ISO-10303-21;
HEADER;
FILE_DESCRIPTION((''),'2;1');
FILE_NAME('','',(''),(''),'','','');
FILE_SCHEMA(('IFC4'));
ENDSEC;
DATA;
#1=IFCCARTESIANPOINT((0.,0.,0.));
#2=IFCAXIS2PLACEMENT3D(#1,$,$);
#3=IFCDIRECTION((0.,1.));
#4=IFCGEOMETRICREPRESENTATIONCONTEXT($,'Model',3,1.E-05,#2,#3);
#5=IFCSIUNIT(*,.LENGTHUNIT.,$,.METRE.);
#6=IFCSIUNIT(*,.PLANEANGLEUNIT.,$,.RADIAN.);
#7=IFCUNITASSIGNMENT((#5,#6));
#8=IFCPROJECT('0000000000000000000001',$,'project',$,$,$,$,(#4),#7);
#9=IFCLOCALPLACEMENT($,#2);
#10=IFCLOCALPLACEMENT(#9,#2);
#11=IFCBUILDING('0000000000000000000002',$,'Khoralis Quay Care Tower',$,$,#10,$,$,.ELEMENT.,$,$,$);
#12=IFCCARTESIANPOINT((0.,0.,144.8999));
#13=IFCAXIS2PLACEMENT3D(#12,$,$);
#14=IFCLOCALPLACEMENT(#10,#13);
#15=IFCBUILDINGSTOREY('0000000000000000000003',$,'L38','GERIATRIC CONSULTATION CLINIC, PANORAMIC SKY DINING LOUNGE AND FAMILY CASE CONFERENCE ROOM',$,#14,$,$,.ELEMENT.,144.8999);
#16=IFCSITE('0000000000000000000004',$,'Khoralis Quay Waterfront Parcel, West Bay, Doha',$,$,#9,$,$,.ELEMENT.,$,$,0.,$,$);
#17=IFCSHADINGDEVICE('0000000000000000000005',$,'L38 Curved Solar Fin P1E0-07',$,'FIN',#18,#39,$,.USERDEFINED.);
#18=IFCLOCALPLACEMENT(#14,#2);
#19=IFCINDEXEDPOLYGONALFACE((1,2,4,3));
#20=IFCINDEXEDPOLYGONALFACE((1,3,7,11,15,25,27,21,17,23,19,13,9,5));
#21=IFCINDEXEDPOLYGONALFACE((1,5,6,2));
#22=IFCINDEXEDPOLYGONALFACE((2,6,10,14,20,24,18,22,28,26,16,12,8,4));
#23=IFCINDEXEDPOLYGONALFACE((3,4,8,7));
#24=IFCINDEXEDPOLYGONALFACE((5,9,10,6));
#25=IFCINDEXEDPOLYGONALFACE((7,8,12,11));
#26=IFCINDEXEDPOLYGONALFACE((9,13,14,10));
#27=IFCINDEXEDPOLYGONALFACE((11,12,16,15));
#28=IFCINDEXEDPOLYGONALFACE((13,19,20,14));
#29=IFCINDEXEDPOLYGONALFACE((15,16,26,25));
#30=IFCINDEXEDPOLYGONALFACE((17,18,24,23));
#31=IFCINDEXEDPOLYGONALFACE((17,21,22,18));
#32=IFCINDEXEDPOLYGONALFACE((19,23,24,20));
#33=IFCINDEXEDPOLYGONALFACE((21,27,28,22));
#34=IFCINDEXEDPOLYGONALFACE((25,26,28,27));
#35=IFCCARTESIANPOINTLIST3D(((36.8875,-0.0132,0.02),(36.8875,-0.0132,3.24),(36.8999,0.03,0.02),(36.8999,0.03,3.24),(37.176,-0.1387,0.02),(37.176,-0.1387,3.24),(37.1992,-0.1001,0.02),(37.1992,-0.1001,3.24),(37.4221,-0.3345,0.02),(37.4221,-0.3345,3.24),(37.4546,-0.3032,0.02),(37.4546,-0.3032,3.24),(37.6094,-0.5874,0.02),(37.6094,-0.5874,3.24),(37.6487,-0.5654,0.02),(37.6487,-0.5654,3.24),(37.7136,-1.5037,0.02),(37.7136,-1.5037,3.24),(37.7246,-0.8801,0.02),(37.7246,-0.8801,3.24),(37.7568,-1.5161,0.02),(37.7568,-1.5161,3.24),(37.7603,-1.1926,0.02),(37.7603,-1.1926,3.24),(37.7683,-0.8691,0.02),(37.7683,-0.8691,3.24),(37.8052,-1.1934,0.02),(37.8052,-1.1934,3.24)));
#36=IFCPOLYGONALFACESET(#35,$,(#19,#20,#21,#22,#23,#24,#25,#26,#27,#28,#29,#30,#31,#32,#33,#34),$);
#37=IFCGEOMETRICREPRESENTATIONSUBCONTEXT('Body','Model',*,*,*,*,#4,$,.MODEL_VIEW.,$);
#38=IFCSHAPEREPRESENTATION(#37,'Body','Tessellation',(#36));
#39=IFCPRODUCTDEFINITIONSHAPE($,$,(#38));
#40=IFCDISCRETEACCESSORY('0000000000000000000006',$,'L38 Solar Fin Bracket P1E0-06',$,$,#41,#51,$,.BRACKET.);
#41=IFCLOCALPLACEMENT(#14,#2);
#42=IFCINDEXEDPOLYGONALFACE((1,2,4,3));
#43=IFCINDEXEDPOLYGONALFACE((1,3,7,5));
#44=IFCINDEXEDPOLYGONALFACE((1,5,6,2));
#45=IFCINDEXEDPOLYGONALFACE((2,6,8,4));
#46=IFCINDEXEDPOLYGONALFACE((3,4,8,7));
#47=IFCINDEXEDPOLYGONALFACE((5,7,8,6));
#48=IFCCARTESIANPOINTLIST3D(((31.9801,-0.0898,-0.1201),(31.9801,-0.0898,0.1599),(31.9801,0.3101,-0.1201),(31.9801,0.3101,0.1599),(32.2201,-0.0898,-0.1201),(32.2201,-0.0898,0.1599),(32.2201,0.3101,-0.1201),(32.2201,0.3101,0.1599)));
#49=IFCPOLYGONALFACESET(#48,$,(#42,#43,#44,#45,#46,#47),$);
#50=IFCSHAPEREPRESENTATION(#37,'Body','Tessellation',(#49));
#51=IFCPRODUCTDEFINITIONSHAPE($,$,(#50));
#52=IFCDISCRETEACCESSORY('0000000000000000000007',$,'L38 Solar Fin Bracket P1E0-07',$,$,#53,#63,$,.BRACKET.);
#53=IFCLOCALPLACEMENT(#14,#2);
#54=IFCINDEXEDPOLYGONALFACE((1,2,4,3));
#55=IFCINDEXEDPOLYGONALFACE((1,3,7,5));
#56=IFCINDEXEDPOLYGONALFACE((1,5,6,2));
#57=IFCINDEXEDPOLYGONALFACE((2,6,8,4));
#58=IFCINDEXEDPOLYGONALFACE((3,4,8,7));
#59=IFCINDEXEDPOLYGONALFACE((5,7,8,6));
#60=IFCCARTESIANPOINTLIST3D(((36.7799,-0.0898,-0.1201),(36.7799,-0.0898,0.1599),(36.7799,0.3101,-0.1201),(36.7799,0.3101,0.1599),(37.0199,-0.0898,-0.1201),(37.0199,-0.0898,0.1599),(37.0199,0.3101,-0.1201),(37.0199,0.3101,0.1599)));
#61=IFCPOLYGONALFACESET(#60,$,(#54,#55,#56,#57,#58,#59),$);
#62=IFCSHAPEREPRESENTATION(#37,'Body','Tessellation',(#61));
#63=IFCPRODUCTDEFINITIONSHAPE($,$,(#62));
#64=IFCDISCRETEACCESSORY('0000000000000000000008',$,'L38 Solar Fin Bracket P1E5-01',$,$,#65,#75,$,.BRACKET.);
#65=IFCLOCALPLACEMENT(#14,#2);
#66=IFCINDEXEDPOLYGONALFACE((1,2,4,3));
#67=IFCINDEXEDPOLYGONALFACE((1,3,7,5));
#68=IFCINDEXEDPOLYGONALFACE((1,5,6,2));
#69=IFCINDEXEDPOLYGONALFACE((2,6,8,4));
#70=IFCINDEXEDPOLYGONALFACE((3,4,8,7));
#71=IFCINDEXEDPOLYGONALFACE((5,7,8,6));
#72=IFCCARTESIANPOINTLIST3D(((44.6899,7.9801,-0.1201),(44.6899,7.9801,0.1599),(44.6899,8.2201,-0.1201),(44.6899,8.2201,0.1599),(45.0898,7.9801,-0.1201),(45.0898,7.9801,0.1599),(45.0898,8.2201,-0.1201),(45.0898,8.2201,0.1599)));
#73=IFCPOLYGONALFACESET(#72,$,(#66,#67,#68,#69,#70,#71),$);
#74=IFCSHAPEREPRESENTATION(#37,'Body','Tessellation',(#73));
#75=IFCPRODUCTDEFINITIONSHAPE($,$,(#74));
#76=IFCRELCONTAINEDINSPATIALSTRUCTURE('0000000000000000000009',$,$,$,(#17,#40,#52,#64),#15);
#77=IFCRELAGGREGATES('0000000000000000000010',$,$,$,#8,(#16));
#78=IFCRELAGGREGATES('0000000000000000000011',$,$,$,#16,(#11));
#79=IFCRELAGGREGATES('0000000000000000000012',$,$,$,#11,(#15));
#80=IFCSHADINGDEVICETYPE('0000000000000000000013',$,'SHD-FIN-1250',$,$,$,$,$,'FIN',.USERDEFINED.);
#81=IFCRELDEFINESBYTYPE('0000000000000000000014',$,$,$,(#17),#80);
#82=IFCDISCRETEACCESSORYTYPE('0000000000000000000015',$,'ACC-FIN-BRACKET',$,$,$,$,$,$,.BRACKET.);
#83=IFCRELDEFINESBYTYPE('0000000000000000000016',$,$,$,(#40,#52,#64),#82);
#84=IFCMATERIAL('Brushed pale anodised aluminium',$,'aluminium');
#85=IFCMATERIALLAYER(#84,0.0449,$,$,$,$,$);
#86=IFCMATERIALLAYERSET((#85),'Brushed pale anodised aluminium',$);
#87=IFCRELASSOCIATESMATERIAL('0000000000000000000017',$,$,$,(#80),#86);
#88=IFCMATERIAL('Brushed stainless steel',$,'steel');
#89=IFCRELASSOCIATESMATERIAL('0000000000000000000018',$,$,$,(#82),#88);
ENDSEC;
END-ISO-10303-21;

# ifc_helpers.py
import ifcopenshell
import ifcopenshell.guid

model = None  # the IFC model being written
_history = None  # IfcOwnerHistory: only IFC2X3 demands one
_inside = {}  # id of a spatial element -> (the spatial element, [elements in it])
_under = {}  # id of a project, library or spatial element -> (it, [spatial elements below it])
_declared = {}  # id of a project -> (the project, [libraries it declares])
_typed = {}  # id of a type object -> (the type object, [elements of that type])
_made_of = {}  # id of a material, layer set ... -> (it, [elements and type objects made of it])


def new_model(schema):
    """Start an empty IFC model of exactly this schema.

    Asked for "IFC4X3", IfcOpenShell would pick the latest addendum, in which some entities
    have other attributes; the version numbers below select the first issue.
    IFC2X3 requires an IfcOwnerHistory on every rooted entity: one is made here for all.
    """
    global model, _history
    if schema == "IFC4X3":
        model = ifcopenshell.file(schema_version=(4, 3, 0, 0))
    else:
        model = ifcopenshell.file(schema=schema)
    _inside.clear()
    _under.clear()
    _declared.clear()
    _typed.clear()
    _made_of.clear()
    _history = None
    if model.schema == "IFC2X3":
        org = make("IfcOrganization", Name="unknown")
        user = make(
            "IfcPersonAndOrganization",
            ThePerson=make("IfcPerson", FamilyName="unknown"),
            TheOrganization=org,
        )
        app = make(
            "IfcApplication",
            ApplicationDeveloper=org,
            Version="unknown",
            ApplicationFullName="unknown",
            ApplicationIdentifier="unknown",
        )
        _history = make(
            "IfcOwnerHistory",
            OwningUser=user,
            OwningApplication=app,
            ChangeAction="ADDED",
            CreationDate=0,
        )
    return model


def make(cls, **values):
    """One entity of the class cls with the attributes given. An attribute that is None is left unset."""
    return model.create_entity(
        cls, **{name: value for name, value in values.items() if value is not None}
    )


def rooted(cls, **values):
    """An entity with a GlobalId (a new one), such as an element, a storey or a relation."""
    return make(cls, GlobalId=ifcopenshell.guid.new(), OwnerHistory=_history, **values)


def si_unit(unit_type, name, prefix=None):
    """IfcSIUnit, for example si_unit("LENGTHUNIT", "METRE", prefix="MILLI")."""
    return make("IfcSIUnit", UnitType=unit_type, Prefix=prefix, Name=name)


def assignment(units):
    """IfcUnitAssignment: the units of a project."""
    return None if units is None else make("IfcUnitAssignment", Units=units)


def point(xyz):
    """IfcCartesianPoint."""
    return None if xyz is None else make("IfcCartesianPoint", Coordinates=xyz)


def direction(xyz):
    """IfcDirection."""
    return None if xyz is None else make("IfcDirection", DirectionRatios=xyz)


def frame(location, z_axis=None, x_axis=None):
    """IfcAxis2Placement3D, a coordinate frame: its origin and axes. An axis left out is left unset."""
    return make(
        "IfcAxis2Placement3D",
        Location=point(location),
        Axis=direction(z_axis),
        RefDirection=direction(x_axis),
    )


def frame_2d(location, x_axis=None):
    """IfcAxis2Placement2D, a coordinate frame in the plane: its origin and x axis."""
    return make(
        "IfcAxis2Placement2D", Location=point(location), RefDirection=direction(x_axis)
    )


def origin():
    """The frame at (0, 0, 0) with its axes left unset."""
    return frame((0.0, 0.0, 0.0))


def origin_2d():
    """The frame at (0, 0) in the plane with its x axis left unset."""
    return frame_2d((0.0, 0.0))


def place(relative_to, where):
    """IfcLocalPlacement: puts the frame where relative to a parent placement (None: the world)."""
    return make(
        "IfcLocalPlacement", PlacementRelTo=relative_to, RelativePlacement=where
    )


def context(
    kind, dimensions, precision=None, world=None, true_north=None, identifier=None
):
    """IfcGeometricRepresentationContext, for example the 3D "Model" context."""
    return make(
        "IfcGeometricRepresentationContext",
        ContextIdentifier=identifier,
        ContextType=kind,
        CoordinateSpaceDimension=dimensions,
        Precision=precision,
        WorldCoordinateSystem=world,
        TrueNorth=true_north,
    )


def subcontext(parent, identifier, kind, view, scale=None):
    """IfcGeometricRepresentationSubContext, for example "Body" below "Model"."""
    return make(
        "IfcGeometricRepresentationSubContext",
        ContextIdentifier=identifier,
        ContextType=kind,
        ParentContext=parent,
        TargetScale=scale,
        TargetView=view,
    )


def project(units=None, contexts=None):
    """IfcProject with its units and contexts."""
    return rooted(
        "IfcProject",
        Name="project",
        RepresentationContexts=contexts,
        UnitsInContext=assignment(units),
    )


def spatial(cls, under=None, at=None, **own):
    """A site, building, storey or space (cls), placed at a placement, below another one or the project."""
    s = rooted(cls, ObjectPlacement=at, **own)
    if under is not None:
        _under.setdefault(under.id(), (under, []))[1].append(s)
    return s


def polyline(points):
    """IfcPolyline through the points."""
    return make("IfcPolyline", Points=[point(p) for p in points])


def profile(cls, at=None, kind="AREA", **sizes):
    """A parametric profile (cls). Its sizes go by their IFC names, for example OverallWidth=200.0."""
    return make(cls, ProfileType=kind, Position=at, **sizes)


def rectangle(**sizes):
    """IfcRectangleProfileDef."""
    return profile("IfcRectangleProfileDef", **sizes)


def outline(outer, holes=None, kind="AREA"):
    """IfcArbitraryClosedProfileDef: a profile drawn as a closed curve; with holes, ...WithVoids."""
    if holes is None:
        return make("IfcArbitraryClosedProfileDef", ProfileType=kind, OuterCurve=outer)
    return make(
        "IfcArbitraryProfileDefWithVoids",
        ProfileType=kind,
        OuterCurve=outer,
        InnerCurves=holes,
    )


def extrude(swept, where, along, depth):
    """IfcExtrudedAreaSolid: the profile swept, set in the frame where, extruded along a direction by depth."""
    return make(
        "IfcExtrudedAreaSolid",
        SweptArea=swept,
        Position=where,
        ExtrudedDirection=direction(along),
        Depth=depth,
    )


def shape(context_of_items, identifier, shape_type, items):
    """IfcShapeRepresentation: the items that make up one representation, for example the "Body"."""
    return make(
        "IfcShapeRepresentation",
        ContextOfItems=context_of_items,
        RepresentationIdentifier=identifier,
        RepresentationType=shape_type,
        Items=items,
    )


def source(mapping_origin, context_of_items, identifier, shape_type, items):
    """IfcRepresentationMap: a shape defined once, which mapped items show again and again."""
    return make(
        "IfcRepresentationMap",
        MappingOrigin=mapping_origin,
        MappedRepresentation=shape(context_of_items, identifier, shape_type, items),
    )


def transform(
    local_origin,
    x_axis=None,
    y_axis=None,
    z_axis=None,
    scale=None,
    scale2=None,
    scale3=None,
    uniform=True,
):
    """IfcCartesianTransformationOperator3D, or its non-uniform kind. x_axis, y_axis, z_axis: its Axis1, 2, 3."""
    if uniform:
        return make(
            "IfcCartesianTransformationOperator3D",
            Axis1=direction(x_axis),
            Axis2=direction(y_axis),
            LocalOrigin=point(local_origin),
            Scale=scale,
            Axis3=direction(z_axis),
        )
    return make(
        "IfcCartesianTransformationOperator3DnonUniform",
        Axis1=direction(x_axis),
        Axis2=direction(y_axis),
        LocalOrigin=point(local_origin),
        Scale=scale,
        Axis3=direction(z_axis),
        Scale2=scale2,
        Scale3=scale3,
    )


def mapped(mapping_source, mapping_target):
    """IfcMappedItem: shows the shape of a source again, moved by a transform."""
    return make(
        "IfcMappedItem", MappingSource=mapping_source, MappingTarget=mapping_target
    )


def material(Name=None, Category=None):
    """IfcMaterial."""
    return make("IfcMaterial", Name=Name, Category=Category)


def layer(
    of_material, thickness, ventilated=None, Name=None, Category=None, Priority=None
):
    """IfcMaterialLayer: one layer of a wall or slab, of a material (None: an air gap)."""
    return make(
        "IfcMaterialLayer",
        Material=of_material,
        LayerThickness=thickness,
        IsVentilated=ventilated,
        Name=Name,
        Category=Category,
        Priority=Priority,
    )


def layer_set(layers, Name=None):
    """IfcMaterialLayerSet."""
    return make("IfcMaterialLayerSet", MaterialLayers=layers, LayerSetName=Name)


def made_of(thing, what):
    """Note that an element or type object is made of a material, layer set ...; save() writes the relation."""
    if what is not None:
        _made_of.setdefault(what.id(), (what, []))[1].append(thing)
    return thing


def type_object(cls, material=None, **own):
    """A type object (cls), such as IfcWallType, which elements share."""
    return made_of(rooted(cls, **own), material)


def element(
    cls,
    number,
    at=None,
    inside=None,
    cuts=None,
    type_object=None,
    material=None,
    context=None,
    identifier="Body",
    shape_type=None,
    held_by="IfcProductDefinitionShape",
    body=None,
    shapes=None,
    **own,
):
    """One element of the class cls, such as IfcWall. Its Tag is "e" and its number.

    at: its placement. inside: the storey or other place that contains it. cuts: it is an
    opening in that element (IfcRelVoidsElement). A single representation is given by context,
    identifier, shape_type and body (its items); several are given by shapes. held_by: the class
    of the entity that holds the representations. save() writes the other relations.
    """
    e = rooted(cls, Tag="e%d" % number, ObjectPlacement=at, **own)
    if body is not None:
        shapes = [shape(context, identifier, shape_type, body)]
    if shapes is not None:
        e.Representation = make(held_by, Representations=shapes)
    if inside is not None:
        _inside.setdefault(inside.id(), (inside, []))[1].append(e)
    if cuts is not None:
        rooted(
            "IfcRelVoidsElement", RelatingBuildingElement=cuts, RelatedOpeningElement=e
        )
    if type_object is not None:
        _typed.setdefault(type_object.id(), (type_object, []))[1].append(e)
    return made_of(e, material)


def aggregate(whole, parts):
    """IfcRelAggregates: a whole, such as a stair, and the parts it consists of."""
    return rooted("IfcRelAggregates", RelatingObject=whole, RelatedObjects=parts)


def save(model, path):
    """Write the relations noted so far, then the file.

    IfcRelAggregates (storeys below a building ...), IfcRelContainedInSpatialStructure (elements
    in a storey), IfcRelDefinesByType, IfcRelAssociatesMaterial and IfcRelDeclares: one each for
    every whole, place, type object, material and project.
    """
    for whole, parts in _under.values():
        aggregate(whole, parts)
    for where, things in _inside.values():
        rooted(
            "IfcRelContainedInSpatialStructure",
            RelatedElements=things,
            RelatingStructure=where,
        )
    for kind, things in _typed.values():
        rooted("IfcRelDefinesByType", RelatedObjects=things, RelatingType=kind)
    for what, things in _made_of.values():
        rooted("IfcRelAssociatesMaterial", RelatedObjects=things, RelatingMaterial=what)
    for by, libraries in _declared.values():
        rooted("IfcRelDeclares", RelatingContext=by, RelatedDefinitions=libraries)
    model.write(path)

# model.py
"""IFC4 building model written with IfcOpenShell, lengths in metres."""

from ifc_helpers import new_model, si_unit, direction, frame, origin, origin_2d, place, context, subcontext, project, spatial, polyline, rectangle, outline, extrude, source, transform, mapped, material, layer, layer_set, type_object, element, save


model = new_model("IFC4")

# Units and contexts
model_context = context("Model", 3, precision=1e-05, world=origin(), true_north=direction((0.0, 1.0)))
body_context = subcontext(model_context, "Body", "Model", "MODEL_VIEW")
ifc_project = project(units=[si_unit("LENGTHUNIT", "METRE"), si_unit("PLANEANGLEUNIT", "RADIAN")], contexts=[model_context])

# Site, building, storey
site_placement = place(None, origin())
site = spatial("IfcSite", under=ifc_project, at=site_placement, Name="Khoralis Quay Waterfront Parcel, West Bay, Doha", CompositionType="ELEMENT", RefElevation=0.0)
building_placement = place(site_placement, origin())
building = spatial("IfcBuilding", under=site, at=building_placement, Name="Khoralis Quay Care Tower", CompositionType="ELEMENT")
storey_placement = place(building_placement, frame((0.0, 0.0, 144.8999)))
storey = spatial("IfcBuildingStorey", under=building, at=storey_placement, Name="L38", Description="GERIATRIC CONSULTATION CLINIC, PANORAMIC SKY DINING LOUNGE AND FAMILY CASE CONFERENCE ROOM", CompositionType="ELEMENT", Elevation=144.8999)

# Shading device
ifc_material_1 = material(Name="Brushed pale anodised aluminium", Category="aluminium")
ifc_layer_1 = layer(ifc_material_1, 0.0449)
ifc_layer_set_1 = layer_set([ifc_layer_1], Name="Brushed pale anodised aluminium")
shading_device_type = type_object("IfcShadingDeviceType", Name="SHD-FIN-1250", ElementType="FIN", PredefinedType="USERDEFINED", material=ifc_layer_set_1)
shared_shape_1 = source(origin(), body_context, "Body", "SweptSolid", [
    extrude(outline(polyline([(0.0, 0.0), (0.1301, 0.2993), (0.3333, 0.5547), (0.5955, 0.7488), (0.8992, 0.8684), (1.2234, 0.9053), (1.5461, 0.8569), (1.5337, 0.8137), (1.2227, 0.8604), (0.9102, 0.8247), (0.6174, 0.7095), (0.3645, 0.5222), (0.1687, 0.2761), (0.0432, -0.0125), (0.0, 0.0)])), origin(), (0.0, 0.0, 1.0), 3.22),
])
for number, where, z_axis, x_axis, name in (
    (1, (36.8999, 0.03, 0.02), (0.0, 0.0, 1.0), (0.0, -1.0, 0.0), "L38 Curved Solar Fin P1E0-07"),
):
    element("IfcShadingDevice", number, at=place(storey_placement, frame(where, z_axis=z_axis, x_axis=x_axis)), inside=storey, type_object=shading_device_type, Name=name, ObjectType="FIN", PredefinedType="USERDEFINED", context=body_context, shape_type="MappedRepresentation", body=[
        mapped(shared_shape_1, transform((0.0, 0.0, 0.0), scale=1.0)),
    ])

# Discrete accessories
ifc_material_2 = material(Name="Brushed stainless steel", Category="steel")
discrete_accessory_type = type_object("IfcDiscreteAccessoryType", Name="ACC-FIN-BRACKET", PredefinedType="BRACKET", material=ifc_material_2)
shared_shape_2 = source(origin(), body_context, "Body", "SweptSolid", [
    extrude(rectangle(XDim=0.3999, YDim=0.24, at=origin_2d()), origin(), (0.0, 0.0, 1.0), 0.28),
])
for number, where, z_axis, x_axis, name in (
    (2, (32.1001, 0.1101, -0.1201), (0.0, 0.0, 1.0), (0.0, -1.0, 0.0), "L38 Solar Fin Bracket P1E0-06"),
    (3, (36.8999, 0.1101, -0.1201), (0.0, 0.0, 1.0), (0.0, -1.0, 0.0), "L38 Solar Fin Bracket P1E0-07"),
    (4, (44.8899, 8.1001, -0.1201), (0.0, 0.0, 1.0), (1.0, 0.0, 0.0), "L38 Solar Fin Bracket P1E5-01"),
):
    element("IfcDiscreteAccessory", number, at=place(storey_placement, frame(where, z_axis=z_axis, x_axis=x_axis)), inside=storey, type_object=discrete_accessory_type, Name=name, PredefinedType="BRACKET", context=body_context, shape_type="MappedRepresentation", body=[
        mapped(shared_shape_2, transform((0.0, 0.0, 0.0), scale=1.0)),
    ])

save(model, "model.ifc")
